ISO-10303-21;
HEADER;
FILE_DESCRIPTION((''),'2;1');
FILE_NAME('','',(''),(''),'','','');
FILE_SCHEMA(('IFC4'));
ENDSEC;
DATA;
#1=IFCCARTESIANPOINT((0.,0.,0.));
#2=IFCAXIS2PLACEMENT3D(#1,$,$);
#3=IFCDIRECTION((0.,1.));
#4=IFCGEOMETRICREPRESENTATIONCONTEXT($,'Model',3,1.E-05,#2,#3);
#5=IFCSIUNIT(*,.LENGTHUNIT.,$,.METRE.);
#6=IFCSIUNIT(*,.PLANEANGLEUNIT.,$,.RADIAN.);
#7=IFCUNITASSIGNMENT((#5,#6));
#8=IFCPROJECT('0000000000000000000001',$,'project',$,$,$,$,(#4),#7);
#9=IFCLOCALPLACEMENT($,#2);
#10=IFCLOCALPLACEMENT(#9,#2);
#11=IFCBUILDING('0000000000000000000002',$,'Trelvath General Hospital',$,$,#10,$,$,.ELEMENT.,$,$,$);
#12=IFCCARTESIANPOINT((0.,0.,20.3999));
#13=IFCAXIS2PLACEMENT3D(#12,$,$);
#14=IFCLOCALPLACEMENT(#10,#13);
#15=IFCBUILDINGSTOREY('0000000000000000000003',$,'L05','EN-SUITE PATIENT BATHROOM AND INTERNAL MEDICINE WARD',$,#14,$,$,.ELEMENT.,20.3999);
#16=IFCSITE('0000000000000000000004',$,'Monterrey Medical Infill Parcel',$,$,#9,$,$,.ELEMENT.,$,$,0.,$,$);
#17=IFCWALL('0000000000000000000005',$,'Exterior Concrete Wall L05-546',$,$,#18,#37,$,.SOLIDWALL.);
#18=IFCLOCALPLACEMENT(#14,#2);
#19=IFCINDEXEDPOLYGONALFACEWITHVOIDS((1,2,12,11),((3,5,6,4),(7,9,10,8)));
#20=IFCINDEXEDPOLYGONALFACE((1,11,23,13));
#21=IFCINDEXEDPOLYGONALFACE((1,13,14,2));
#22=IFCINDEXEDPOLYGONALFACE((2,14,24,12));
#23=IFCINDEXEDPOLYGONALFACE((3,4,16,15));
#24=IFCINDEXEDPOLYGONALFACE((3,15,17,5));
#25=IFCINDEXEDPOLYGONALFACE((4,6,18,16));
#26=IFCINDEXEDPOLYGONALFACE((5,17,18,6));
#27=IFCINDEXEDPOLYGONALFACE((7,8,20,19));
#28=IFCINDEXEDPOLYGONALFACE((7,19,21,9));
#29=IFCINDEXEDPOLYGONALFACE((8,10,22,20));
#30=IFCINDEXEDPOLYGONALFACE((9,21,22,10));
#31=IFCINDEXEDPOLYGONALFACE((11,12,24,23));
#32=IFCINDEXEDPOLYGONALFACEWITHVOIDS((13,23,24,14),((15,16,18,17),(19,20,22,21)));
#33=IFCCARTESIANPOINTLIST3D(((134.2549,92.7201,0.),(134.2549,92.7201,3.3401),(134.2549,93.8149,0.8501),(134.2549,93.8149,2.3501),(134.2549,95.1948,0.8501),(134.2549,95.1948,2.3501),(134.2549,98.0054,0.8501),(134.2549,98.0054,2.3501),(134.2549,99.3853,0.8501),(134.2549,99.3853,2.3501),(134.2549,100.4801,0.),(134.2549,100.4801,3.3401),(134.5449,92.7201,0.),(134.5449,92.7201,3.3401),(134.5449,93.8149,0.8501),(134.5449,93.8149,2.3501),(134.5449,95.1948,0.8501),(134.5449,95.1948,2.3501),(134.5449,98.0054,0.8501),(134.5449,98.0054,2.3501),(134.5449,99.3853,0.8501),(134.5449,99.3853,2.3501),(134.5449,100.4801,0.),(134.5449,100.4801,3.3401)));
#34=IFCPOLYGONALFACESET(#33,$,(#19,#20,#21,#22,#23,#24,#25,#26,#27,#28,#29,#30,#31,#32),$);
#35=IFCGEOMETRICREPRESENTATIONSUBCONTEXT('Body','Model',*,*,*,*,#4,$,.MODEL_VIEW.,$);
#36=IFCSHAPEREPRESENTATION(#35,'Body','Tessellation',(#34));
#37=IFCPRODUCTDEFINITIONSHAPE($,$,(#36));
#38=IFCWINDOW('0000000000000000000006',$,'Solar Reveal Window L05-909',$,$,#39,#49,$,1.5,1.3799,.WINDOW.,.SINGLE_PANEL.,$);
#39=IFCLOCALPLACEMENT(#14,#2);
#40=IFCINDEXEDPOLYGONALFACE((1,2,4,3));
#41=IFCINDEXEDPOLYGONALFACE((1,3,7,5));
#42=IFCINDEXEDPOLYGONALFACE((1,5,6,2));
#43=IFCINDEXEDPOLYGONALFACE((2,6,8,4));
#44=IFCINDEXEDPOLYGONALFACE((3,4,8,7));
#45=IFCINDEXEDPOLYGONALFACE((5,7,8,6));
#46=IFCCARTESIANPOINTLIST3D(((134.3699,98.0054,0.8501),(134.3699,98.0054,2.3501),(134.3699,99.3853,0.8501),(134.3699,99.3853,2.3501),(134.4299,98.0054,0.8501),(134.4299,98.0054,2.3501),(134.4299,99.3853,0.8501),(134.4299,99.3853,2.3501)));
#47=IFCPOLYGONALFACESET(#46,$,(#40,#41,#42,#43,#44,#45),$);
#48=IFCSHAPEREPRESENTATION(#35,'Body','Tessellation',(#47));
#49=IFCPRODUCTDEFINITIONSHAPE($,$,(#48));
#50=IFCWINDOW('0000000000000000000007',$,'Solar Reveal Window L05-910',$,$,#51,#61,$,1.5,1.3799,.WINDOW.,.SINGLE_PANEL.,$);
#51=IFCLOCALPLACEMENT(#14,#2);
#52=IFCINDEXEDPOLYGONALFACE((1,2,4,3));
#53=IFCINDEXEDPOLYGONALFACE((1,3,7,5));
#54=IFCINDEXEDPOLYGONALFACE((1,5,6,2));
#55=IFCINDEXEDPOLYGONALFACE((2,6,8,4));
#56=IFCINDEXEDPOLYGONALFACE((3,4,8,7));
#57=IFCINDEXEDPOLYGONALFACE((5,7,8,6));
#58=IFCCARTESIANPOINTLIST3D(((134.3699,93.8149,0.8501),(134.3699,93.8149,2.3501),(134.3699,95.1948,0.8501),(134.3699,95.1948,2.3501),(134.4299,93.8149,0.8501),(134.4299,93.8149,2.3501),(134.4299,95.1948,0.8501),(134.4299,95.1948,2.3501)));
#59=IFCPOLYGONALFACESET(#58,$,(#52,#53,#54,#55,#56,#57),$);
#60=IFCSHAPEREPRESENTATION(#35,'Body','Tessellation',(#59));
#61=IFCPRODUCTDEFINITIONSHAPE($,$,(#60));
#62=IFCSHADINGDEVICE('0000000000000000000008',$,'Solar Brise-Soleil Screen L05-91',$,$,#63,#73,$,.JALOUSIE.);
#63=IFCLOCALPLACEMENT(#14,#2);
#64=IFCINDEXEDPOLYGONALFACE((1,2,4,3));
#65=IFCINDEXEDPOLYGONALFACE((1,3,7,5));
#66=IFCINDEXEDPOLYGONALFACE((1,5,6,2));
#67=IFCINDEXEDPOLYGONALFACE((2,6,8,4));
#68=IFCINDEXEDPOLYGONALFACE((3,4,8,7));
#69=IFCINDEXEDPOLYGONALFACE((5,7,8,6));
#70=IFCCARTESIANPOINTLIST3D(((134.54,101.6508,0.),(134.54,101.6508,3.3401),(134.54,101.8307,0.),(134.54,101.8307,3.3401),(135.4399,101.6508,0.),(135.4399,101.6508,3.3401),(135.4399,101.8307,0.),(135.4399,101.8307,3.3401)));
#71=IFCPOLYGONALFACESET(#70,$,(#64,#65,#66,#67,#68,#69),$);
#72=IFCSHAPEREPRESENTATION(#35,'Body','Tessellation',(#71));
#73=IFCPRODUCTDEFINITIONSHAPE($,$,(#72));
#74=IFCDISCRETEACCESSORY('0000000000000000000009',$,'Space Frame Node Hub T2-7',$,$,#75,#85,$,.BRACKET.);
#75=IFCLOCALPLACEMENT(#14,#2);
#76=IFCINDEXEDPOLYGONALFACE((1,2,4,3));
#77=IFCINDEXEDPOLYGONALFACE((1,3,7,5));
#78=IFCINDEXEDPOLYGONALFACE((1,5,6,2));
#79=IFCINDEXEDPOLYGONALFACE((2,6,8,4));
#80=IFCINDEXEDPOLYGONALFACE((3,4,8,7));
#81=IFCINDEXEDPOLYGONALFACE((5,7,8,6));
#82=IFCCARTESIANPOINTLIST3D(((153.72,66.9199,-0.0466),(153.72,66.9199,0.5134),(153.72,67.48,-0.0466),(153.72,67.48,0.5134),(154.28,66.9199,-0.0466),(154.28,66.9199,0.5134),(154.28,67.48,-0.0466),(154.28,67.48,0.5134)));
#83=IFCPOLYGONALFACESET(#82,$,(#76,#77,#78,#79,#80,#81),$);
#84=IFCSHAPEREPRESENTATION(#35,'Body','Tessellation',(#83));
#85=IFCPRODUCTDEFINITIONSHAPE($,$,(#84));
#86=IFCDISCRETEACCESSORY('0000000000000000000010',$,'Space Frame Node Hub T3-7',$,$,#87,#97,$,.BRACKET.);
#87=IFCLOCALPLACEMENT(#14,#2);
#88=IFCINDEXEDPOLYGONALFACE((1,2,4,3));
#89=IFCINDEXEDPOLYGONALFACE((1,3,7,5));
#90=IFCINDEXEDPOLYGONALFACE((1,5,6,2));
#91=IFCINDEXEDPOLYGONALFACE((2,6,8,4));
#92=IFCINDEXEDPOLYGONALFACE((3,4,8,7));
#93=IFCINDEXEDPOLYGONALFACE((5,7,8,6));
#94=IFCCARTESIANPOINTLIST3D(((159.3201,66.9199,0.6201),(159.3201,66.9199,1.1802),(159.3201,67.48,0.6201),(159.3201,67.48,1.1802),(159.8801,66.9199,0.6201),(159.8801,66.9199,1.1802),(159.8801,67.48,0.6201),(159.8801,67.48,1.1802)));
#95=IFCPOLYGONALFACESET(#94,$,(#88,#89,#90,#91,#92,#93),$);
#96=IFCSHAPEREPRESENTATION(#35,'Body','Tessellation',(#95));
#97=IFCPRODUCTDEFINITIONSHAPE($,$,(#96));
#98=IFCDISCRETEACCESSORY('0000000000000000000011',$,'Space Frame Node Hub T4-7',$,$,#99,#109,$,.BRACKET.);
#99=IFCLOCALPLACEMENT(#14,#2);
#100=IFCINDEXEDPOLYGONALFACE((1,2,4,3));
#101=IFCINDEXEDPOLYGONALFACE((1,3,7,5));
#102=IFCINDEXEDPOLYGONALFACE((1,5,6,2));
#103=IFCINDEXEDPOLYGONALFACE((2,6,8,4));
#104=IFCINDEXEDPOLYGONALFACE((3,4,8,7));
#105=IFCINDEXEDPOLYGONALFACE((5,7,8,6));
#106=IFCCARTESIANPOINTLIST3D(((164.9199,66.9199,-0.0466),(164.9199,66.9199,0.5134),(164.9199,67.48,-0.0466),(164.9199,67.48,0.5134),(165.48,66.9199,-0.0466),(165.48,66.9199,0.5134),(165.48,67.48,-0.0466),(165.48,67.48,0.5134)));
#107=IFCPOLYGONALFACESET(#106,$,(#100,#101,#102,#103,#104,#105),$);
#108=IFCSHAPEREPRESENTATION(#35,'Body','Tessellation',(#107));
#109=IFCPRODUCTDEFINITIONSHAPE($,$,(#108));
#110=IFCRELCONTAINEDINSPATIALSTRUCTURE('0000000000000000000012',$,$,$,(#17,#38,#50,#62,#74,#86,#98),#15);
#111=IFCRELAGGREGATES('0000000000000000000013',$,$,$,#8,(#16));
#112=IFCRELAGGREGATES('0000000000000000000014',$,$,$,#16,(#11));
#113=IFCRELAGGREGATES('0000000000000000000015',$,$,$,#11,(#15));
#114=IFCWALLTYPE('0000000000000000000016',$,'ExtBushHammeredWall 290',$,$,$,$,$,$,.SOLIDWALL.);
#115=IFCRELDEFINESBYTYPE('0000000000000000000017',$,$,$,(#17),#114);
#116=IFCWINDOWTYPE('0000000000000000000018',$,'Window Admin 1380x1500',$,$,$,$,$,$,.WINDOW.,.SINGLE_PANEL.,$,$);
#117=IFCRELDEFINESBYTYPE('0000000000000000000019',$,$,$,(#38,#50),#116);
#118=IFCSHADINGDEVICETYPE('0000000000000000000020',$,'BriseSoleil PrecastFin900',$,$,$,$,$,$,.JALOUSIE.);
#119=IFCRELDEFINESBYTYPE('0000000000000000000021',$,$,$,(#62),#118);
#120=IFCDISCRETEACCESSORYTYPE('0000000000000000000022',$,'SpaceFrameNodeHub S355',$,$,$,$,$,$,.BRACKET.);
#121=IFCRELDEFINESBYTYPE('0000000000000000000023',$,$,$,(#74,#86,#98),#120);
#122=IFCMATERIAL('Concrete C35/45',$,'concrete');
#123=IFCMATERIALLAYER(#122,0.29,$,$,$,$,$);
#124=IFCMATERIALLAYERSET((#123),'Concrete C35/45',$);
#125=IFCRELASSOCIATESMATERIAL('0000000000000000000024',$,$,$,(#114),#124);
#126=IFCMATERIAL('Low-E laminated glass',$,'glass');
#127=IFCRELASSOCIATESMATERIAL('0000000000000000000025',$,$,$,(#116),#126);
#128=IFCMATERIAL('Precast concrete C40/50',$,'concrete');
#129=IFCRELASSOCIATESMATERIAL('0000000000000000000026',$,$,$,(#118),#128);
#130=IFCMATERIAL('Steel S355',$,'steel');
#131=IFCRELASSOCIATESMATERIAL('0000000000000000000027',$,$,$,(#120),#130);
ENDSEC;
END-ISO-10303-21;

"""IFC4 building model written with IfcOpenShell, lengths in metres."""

from ifc_helpers import new_model, si_unit, direction, frame, frame_2d, origin, origin_2d, place, context, subcontext, project, spatial, rectangle, extrude, material, layer, layer_set, type_object, element, fill, save


model = new_model("IFC4")

# Units and contexts
model_context = context("Model", 3, precision=1e-05, world=origin(), true_north=direction((0.0, 1.0)))
body_context = subcontext(model_context, "Body", "Model", "MODEL_VIEW")
ifc_project = project(units=[si_unit("LENGTHUNIT", "METRE"), si_unit("PLANEANGLEUNIT", "RADIAN")], contexts=[model_context])

# Site, building, storey
site_placement = place(None, origin())
site = spatial("IfcSite", under=ifc_project, at=site_placement, Name="Monterrey Medical Infill Parcel", CompositionType="ELEMENT", RefElevation=0.0)
building_placement = place(site_placement, origin())
building = spatial("IfcBuilding", under=site, at=building_placement, Name="Trelvath General Hospital", CompositionType="ELEMENT")
storey_placement = place(building_placement, frame((0.0, 0.0, 20.3999)))
storey = spatial("IfcBuildingStorey", under=building, at=storey_placement, Name="L05", Description="EN-SUITE PATIENT BATHROOM AND INTERNAL MEDICINE WARD", CompositionType="ELEMENT", Elevation=20.3999)

# Wall, openings, windows
ifc_material_1 = material(Name="Concrete C35/45", Category="concrete")
ifc_layer_1 = layer(ifc_material_1, 0.29)
ifc_layer_set_1 = layer_set([ifc_layer_1], Name="Concrete C35/45")
wall_type_1 = type_object("IfcWallType", Name="ExtBushHammeredWall 290", PredefinedType="SOLIDWALL", material=ifc_layer_set_1)
ifc_material_2 = material(Name="Low-E laminated glass", Category="glass")
window_type = type_object("IfcWindowType", Name="Window Admin 1380x1500", PartitioningType="SINGLE_PANEL", PredefinedType="WINDOW", material=ifc_material_2)
wall_1_placement = place(storey_placement, frame((134.3999, 100.48, 0.0), z_axis=(0.0, 0.0, 1.0), x_axis=(0.0, -1.0, 0.0)))
wall_1 = element("IfcWall", 1, at=wall_1_placement, inside=storey, type_object=wall_type_1, Name="Exterior Concrete Wall L05-546", PredefinedType="SOLIDWALL", context=body_context, shape_type="SweptSolid", body=[
    extrude(rectangle(XDim=7.76, YDim=0.29, at=frame_2d((3.8799, 0.0))), origin(), (0.0, 0.0, 1.0), 3.3401),
])
opening_1_placement = place(wall_1_placement, frame((1.0947, 0.0, 0.8501)))
opening_1 = element("IfcOpeningElement", 2, at=opening_1_placement, cuts=wall_1, PredefinedType="OPENING", context=body_context, shape_type="SweptSolid", body=[
    extrude(rectangle(XDim=1.3799, YDim=1.5, at=frame_2d((0.6899, 0.75))), frame((0.0, 0.155, 0.0), z_axis=(0.0, -1.0, 0.0), x_axis=(1.0, 0.0, 0.0)), (0.0, 0.0, 1.0), 0.3101),
])
opening_2_placement = place(wall_1_placement, frame((5.2852, 0.0, 0.8501)))
opening_2 = element("IfcOpeningElement", 3, at=opening_2_placement, cuts=wall_1, PredefinedType="OPENING", context=body_context, shape_type="SweptSolid", body=[
    extrude(rectangle(XDim=1.3799, YDim=1.5, at=frame_2d((0.6899, 0.75))), frame((0.0, 0.155, 0.0), z_axis=(0.0, -1.0, 0.0), x_axis=(1.0, 0.0, 0.0)), (0.0, 0.0, 1.0), 0.3101),
])
window_1_placement = place(opening_1_placement, origin())
window_1 = element("IfcWindow", 4, at=window_1_placement, inside=storey, type_object=window_type, Name="Solar Reveal Window L05-909", OverallHeight=1.5, OverallWidth=1.3799, PartitioningType="SINGLE_PANEL", PredefinedType="WINDOW", context=body_context, shape_type="SweptSolid", body=[
    extrude(rectangle(XDim=1.3799, YDim=1.5, at=frame_2d((0.6899, 0.75))), frame((0.0, 0.03, 0.0), z_axis=(0.0, -1.0, 0.0), x_axis=(1.0, 0.0, 0.0)), (0.0, 0.0, 1.0), 0.0601),
])
fill(opening_1, window_1)
window_2_placement = place(opening_2_placement, origin())
window_2 = element("IfcWindow", 5, at=window_2_placement, inside=storey, type_object=window_type, Name="Solar Reveal Window L05-910", OverallHeight=1.5, OverallWidth=1.3799, PartitioningType="SINGLE_PANEL", PredefinedType="WINDOW", context=body_context, shape_type="SweptSolid", body=[
    extrude(rectangle(XDim=1.3799, YDim=1.5, at=frame_2d((0.6899, 0.75))), frame((0.0, 0.03, 0.0), z_axis=(0.0, -1.0, 0.0), x_axis=(1.0, 0.0, 0.0)), (0.0, 0.0, 1.0), 0.0601),
])
fill(opening_2, window_2)

# Shading device
ifc_material_3 = material(Name="Precast concrete C40/50", Category="concrete")
shading_device_type = type_object("IfcShadingDeviceType", Name="BriseSoleil PrecastFin900", PredefinedType="JALOUSIE", material=ifc_material_3)
shading_device_placement = place(storey_placement, frame((134.99, 101.7407, 0.0), z_axis=(0.0, 0.0, 1.0), x_axis=(1.0, 0.0, 0.0)))
element("IfcShadingDevice", 6, at=shading_device_placement, inside=storey, type_object=shading_device_type, Name="Solar Brise-Soleil Screen L05-91", PredefinedType="JALOUSIE", context=body_context, shape_type="SweptSolid", body=[
    extrude(rectangle(XDim=0.8999, YDim=0.1799, at=origin_2d()), origin(), (0.0, 0.0, 1.0), 3.3401),
])

# Discrete accessories
ifc_material_4 = material(Name="Steel S355", Category="steel")
discrete_accessory_type = type_object("IfcDiscreteAccessoryType", Name="SpaceFrameNodeHub S355", PredefinedType="BRACKET", material=ifc_material_4)
for number, where, z_axis, x_axis, name in (
    (7, (154.0, 67.2, -0.0466), (0.0, 0.0, 1.0), (1.0, 0.0, 0.0), "Space Frame Node Hub T2-7"),
    (8, (159.6001, 67.2, 0.6201), (0.0, 0.0, 1.0), (1.0, 0.0, 0.0), "Space Frame Node Hub T3-7"),
    (9, (165.2, 67.2, -0.0466), (0.0, 0.0, 1.0), (1.0, 0.0, 0.0), "Space Frame Node Hub T4-7"),
):
    element("IfcDiscreteAccessory", number, at=place(storey_placement, frame(where, z_axis=z_axis, x_axis=x_axis)), inside=storey, type_object=discrete_accessory_type, Name=name, PredefinedType="BRACKET", context=body_context, shape_type="SweptSolid", body=[
        extrude(rectangle(XDim=0.5601, YDim=0.5601, at=origin_2d()), origin(), (0.0, 0.0, 1.0), 0.5601),
    ])

save(model, "model.ifc")
